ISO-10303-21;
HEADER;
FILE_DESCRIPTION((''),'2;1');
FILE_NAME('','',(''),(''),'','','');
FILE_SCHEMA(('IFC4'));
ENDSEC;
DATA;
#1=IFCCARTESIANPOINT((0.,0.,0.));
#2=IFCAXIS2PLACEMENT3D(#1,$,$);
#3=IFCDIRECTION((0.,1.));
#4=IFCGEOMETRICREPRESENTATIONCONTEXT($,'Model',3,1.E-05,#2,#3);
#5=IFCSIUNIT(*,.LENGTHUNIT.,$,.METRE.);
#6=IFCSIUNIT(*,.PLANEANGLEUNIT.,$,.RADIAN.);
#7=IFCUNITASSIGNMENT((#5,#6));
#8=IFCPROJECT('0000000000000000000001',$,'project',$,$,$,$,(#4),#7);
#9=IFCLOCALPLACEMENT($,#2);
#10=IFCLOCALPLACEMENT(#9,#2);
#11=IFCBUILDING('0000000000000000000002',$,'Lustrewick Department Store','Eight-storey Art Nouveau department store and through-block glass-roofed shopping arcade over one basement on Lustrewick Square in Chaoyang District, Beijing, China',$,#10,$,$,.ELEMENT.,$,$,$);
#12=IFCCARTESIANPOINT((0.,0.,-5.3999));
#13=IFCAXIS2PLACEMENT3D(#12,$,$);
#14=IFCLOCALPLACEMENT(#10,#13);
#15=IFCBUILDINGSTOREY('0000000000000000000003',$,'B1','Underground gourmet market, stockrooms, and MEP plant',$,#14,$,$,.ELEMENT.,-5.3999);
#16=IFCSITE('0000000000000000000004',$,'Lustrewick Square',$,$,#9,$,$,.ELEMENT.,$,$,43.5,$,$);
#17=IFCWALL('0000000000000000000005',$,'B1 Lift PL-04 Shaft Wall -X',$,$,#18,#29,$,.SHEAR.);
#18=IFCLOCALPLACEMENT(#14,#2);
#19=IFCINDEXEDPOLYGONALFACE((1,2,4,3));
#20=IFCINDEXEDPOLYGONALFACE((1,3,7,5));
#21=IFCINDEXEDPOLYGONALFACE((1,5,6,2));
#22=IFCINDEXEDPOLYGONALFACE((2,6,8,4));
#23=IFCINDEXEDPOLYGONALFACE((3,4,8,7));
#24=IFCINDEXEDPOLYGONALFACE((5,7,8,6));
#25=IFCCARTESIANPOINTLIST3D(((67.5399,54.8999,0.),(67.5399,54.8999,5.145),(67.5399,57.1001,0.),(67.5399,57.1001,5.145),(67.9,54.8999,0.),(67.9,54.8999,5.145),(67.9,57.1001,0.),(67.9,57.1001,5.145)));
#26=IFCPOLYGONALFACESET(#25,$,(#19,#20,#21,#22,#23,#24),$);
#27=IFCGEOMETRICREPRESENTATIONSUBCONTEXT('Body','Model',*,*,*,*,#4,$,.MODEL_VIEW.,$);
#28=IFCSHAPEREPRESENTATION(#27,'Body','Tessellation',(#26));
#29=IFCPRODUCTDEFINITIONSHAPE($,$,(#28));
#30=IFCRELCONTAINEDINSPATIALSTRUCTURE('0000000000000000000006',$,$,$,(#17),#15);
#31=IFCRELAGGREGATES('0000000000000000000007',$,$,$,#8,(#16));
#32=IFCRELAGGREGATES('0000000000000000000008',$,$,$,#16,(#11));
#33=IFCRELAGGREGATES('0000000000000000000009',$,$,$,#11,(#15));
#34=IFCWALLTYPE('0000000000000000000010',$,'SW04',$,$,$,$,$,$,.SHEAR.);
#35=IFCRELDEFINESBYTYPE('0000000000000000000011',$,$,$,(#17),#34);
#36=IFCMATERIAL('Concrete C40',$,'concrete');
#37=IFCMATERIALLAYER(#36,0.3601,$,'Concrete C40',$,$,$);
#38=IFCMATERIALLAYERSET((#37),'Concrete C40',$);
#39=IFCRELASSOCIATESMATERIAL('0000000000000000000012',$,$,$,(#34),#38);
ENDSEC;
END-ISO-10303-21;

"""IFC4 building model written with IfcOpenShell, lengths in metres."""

from ifc_helpers import new_model, si_unit, direction, frame, frame_2d, origin, place, context, subcontext, project, spatial, rectangle, extrude, material, layer, layer_set, type_object, element, save


model = new_model("IFC4")

# Units and contexts
model_context = context("Model", 3, precision=1e-05, world=origin(), true_north=direction((0.0, 1.0)))
body_context = subcontext(model_context, "Body", "Model", "MODEL_VIEW")
ifc_project = project(units=[si_unit("LENGTHUNIT", "METRE"), si_unit("PLANEANGLEUNIT", "RADIAN")], contexts=[model_context])

# Site, building, storey
site_placement = place(None, origin())
site = spatial("IfcSite", under=ifc_project, at=site_placement, Name="Lustrewick Square", CompositionType="ELEMENT", RefElevation=43.5)
building_placement = place(site_placement, origin())
building = spatial("IfcBuilding", under=site, at=building_placement, Name="Lustrewick Department Store", Description="Eight-storey Art Nouveau department store and through-block glass-roofed shopping arcade over one basement on Lustrewick Square in Chaoyang District, Beijing, China", CompositionType="ELEMENT")
storey_placement = place(building_placement, frame((0.0, 0.0, -5.3999)))
storey = spatial("IfcBuildingStorey", under=building, at=storey_placement, Name="B1", Description="Underground gourmet market, stockrooms, and MEP plant", CompositionType="ELEMENT", Elevation=-5.3999)

# Shared definitions
ifc_material_1 = material(Name="Concrete C40", Category="concrete")

# Shared definitions
ifc_layer_1 = layer(ifc_material_1, 0.3601, Name="Concrete C40")
ifc_layer_set_1 = layer_set([ifc_layer_1], Name="Concrete C40")
wall_type_1 = type_object("IfcWallType", Name="SW04", PredefinedType="SHEAR", material=ifc_layer_set_1)

# Wall
wall_1_placement = place(storey_placement, frame((67.72, 57.1001, 0.0), z_axis=(0.0, 0.0, 1.0), x_axis=(0.0, -1.0, 0.0)))
element("IfcWall", 1, at=wall_1_placement, inside=storey, type_object=wall_type_1, Name="B1 Lift PL-04 Shaft Wall -X", PredefinedType="SHEAR", context=body_context, shape_type="SweptSolid", body=[
    extrude(rectangle(XDim=2.2002, YDim=0.3601, at=frame_2d((1.1001, 0.0))), origin(), (0.0, 0.0, 1.0), 5.145),
])

save(model, "model.ifc")
